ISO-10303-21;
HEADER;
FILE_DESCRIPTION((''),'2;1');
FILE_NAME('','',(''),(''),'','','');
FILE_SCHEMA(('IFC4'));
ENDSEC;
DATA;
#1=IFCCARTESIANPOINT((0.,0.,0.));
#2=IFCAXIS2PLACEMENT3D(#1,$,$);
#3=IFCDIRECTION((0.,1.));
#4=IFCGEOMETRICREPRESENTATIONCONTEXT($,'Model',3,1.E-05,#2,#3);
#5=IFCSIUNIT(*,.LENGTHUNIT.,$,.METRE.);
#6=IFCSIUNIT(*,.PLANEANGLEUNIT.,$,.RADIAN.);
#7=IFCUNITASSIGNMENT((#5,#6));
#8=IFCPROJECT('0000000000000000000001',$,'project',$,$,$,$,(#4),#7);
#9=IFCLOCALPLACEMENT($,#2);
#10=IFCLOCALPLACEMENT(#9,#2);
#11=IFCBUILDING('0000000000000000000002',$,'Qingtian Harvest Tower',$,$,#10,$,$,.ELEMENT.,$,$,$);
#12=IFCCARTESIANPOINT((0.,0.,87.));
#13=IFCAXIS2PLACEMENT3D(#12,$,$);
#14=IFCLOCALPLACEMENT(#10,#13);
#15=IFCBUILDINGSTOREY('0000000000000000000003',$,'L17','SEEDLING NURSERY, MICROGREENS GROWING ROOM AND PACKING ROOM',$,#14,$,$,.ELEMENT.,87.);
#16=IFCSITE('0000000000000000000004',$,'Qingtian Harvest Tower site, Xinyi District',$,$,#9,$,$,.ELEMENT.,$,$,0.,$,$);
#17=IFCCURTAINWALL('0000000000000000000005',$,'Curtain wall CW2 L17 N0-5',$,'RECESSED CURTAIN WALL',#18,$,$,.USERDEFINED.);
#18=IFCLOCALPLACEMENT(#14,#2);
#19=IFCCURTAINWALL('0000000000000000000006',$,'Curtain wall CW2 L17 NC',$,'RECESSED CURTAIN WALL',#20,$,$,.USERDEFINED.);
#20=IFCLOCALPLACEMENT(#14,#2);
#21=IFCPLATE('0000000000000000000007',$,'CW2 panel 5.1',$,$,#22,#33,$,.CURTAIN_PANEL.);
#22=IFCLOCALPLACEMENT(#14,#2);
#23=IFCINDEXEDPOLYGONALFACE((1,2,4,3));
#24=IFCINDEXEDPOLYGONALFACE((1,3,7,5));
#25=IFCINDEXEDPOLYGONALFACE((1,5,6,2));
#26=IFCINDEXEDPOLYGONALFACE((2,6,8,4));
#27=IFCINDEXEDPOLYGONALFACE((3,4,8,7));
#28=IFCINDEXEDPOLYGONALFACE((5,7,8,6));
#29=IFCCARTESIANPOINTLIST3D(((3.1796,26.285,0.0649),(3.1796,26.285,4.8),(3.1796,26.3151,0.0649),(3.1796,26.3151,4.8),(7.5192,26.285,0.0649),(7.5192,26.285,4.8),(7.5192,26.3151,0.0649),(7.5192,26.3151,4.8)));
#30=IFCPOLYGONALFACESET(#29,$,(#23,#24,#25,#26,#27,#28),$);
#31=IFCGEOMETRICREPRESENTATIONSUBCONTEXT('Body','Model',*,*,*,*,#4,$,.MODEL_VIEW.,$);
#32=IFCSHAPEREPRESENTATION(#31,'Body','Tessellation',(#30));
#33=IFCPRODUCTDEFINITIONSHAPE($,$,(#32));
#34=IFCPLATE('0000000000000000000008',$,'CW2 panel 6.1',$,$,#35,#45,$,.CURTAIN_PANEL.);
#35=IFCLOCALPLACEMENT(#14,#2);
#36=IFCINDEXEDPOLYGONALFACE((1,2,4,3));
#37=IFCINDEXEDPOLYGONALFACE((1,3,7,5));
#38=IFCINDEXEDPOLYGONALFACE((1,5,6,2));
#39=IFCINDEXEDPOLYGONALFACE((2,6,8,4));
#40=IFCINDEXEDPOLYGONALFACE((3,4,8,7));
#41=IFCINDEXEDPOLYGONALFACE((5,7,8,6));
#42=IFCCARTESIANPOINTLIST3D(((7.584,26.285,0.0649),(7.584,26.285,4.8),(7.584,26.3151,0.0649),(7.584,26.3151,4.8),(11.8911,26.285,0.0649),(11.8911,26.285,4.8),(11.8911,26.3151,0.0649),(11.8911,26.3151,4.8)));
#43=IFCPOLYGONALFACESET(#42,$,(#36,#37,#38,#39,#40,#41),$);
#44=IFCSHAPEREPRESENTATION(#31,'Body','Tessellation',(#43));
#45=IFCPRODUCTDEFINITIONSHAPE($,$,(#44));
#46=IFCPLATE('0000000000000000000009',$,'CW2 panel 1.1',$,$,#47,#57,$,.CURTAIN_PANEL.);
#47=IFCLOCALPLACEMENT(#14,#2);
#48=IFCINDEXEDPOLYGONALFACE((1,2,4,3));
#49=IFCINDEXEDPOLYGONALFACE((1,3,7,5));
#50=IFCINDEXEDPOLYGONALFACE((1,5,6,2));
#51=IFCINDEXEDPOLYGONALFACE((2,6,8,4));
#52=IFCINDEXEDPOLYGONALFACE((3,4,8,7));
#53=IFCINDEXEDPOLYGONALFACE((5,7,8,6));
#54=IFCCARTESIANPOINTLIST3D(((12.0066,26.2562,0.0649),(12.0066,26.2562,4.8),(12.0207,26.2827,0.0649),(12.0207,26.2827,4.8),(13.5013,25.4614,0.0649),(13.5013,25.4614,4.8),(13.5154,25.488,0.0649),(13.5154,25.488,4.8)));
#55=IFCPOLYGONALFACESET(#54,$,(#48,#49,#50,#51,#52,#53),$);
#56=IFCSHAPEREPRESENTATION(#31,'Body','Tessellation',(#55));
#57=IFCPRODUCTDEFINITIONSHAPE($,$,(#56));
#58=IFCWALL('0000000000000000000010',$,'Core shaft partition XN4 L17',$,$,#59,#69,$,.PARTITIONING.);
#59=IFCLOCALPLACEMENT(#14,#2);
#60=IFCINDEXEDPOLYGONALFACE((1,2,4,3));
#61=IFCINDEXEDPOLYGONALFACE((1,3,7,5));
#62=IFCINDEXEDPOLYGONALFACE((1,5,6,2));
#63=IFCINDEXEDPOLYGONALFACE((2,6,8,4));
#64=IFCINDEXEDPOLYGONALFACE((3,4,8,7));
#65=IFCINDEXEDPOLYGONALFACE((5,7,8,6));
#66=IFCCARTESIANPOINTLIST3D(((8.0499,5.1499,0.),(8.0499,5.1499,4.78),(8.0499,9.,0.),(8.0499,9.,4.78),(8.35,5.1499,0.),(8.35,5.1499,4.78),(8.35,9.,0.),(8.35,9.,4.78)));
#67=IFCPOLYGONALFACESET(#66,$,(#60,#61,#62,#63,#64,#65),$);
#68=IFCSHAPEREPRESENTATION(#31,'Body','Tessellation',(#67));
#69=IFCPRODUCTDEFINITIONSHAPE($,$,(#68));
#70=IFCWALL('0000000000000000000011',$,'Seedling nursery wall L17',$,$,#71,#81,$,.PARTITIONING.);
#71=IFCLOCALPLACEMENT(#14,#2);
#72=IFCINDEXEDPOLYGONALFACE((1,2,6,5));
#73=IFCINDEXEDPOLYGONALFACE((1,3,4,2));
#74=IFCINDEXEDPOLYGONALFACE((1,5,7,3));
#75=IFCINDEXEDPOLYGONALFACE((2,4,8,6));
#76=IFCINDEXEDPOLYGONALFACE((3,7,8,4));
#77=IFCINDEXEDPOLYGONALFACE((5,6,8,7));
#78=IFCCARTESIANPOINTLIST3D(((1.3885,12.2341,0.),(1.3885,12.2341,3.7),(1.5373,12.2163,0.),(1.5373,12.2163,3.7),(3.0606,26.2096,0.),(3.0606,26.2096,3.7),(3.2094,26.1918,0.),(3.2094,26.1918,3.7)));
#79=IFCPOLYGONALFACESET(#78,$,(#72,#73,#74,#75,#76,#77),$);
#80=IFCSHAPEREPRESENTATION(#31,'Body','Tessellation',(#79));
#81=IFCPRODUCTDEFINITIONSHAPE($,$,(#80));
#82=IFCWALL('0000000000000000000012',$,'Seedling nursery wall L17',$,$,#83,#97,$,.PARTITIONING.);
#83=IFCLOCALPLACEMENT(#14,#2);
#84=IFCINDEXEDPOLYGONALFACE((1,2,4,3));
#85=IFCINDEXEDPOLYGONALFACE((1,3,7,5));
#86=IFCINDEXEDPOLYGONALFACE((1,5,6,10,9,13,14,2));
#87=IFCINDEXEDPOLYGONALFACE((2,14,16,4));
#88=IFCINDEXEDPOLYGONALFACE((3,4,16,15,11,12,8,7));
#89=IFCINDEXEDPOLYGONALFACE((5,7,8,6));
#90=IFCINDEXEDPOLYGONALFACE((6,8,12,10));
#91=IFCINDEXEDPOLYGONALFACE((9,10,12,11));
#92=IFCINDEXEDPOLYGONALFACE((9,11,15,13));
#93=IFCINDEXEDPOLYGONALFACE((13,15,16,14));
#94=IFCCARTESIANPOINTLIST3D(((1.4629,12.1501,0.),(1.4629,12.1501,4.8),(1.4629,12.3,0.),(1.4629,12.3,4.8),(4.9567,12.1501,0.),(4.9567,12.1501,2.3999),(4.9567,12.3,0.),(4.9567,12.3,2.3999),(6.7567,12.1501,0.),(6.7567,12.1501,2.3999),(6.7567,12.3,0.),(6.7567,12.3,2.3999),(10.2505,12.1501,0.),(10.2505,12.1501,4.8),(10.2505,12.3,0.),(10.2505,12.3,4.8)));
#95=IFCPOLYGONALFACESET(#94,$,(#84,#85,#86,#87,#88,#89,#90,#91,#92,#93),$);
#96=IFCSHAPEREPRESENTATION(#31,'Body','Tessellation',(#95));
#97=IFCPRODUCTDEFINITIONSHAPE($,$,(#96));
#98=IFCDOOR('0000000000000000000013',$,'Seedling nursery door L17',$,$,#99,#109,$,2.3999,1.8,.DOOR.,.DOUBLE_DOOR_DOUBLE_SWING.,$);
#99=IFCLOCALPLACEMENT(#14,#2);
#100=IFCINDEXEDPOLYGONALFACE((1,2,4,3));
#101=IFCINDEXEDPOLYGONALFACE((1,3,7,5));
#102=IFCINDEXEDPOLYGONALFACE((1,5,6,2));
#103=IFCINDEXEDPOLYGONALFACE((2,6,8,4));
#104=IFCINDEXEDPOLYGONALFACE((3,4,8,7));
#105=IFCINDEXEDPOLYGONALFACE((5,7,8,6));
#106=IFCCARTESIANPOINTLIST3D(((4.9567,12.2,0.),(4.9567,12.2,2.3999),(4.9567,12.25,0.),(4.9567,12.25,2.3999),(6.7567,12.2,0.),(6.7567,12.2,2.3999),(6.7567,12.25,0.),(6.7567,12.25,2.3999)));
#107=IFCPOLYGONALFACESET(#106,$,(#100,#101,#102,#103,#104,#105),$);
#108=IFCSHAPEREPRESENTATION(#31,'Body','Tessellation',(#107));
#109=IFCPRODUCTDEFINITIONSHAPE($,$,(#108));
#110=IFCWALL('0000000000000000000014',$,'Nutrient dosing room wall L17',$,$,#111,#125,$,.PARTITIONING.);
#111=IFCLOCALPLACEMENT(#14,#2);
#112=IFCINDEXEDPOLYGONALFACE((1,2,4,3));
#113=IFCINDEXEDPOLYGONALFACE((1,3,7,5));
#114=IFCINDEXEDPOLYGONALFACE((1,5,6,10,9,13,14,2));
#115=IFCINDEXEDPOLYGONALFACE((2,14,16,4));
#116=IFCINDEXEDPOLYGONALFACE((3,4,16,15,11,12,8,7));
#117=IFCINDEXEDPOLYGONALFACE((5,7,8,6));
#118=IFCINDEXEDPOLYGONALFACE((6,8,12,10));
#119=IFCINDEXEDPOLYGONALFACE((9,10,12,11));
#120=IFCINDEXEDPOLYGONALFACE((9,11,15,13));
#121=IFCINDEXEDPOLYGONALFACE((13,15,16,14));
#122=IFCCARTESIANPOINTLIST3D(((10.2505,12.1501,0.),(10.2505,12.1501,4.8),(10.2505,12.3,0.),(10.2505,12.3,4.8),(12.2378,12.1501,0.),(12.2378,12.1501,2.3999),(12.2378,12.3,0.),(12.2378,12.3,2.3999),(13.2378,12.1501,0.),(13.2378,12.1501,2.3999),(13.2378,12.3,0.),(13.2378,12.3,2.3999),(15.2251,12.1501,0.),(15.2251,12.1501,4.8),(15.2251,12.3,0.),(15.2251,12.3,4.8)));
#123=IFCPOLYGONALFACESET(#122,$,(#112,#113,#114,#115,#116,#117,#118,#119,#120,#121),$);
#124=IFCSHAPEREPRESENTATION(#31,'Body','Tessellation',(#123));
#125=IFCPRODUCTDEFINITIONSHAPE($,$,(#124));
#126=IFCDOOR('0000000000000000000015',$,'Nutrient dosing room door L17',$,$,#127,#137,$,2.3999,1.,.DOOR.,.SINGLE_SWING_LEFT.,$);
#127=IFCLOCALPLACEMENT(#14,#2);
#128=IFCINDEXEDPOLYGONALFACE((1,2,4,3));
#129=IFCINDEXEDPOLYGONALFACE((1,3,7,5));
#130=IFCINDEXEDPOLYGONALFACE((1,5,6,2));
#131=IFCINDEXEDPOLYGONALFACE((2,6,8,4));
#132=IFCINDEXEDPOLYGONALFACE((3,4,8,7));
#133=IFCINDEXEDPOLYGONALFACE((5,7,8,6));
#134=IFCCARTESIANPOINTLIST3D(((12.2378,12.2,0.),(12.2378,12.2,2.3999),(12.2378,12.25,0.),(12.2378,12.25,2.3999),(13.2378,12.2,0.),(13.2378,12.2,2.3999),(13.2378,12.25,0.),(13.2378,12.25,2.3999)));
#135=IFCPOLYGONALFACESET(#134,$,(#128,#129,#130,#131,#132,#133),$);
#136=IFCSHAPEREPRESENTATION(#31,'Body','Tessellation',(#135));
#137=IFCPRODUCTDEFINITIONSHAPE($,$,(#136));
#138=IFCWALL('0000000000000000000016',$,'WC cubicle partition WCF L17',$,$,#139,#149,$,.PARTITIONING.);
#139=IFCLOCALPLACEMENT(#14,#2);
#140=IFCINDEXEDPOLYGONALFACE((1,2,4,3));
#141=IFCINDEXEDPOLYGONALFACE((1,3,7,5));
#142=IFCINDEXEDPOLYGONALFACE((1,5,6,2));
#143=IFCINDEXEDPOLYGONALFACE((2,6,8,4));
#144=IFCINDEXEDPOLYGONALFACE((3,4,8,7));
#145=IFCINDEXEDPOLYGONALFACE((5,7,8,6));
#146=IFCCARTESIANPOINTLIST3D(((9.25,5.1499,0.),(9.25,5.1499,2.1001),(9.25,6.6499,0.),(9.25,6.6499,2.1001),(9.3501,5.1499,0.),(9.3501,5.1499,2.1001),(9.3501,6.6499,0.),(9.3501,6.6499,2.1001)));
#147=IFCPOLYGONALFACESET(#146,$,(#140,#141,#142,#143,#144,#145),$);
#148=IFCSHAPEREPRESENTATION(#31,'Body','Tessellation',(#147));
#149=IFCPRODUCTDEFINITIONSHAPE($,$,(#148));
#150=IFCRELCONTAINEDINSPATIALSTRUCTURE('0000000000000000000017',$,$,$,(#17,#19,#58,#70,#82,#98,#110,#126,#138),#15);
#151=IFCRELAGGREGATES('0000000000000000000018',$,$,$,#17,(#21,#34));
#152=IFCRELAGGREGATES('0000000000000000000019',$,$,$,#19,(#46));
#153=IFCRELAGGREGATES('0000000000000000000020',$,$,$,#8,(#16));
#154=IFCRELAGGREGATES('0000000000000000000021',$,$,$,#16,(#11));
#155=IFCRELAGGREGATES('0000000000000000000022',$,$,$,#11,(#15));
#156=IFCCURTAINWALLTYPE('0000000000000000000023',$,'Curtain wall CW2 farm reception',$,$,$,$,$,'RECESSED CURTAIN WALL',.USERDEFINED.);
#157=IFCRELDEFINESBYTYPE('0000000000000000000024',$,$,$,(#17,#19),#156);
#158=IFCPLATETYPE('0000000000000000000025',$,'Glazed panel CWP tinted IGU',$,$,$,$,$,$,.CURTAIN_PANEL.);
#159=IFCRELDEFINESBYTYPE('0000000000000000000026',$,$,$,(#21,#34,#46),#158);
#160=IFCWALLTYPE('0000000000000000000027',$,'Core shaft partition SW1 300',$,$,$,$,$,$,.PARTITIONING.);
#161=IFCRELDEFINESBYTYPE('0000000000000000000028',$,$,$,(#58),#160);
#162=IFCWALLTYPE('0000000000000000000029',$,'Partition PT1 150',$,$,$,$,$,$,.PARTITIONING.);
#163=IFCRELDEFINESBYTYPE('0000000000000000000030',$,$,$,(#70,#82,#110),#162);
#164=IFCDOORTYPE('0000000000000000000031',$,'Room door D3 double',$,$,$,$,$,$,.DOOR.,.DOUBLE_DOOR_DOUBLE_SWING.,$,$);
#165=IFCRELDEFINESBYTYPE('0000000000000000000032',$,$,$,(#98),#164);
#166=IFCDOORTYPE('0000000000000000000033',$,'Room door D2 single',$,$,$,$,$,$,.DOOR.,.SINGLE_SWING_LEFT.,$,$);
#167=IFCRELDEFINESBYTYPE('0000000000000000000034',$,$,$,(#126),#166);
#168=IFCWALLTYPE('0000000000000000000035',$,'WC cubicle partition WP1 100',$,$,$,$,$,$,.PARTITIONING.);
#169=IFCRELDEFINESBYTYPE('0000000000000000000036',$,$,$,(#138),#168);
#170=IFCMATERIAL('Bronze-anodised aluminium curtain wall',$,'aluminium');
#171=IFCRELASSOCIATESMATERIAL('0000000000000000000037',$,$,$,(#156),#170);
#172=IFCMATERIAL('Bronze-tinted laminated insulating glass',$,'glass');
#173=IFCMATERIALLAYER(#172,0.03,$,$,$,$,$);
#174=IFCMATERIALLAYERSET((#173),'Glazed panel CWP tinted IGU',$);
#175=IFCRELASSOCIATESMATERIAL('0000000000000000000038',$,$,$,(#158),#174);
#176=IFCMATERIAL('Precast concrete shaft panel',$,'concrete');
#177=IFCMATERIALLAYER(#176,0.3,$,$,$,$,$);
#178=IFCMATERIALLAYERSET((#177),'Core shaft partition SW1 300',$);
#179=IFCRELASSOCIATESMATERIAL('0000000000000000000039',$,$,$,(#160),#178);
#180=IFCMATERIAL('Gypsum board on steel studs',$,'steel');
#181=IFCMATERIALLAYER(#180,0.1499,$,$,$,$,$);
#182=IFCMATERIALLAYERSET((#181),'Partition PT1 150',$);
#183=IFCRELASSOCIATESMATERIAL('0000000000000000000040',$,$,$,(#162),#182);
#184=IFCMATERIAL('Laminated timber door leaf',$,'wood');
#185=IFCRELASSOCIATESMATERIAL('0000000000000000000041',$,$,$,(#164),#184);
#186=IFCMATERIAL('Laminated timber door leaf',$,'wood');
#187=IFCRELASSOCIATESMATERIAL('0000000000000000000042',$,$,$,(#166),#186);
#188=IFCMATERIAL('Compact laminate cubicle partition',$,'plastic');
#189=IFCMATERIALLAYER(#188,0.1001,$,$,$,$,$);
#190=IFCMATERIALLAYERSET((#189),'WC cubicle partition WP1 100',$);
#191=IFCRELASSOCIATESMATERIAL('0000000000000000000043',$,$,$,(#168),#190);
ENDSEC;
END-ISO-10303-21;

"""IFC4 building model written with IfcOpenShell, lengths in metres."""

from ifc_helpers import new_model, si_unit, direction, frame, frame_2d, origin, origin_2d, place, context, subcontext, project, spatial, rectangle, extrude, material, layer, layer_set, type_object, element, fill, aggregate, save


model = new_model("IFC4")

# Units and contexts
model_context = context("Model", 3, precision=1e-05, world=origin(), true_north=direction((0.0, 1.0)))
body_context = subcontext(model_context, "Body", "Model", "MODEL_VIEW")
ifc_project = project(units=[si_unit("LENGTHUNIT", "METRE"), si_unit("PLANEANGLEUNIT", "RADIAN")], contexts=[model_context])

# Site, building, storey
site_placement = place(None, origin())
site = spatial("IfcSite", under=ifc_project, at=site_placement, Name="Qingtian Harvest Tower site, Xinyi District", CompositionType="ELEMENT", RefElevation=0.0)
building_placement = place(site_placement, origin())
building = spatial("IfcBuilding", under=site, at=building_placement, Name="Qingtian Harvest Tower", CompositionType="ELEMENT")
storey_placement = place(building_placement, frame((0.0, 0.0, 87.0)))
storey = spatial("IfcBuildingStorey", under=building, at=storey_placement, Name="L17", Description="SEEDLING NURSERY, MICROGREENS GROWING ROOM AND PACKING ROOM", CompositionType="ELEMENT", Elevation=87.0)

# Curtain walls
ifc_material_1 = material(Name="Bronze-anodised aluminium curtain wall", Category="aluminium")
curtain_wall_type = type_object("IfcCurtainWallType", Name="Curtain wall CW2 farm reception", ElementType="RECESSED CURTAIN WALL", PredefinedType="USERDEFINED", material=ifc_material_1)
curtain_wall_1_placement = place(storey_placement, origin())
curtain_wall_1 = element("IfcCurtainWall", 1, at=curtain_wall_1_placement, inside=storey, type_object=curtain_wall_type, Name="Curtain wall CW2 L17 N0-5", ObjectType="RECESSED CURTAIN WALL", PredefinedType="USERDEFINED")
curtain_wall_2_placement = place(storey_placement, origin())
curtain_wall_2 = element("IfcCurtainWall", 2, at=curtain_wall_2_placement, inside=storey, type_object=curtain_wall_type, Name="Curtain wall CW2 L17 NC", ObjectType="RECESSED CURTAIN WALL", PredefinedType="USERDEFINED")

# Plates
ifc_material_2 = material(Name="Bronze-tinted laminated insulating glass", Category="glass")
ifc_layer_1 = layer(ifc_material_2, 0.03)
ifc_layer_set_1 = layer_set([ifc_layer_1], Name="Glazed panel CWP tinted IGU")
plate_type = type_object("IfcPlateType", Name="Glazed panel CWP tinted IGU", PredefinedType="CURTAIN_PANEL", material=ifc_layer_set_1)
plate_1_placement = place(storey_placement, frame((5.3494, 26.3, 0.0649), z_axis=(0.0, 0.0, 1.0), x_axis=(1.0, 0.0, 0.0)))
plate_1 = element("IfcPlate", 3, at=plate_1_placement, type_object=plate_type, Name="CW2 panel 5.1", PredefinedType="CURTAIN_PANEL", context=body_context, shape_type="SweptSolid", body=[
    extrude(rectangle(XDim=4.3396, YDim=0.03, at=origin_2d()), origin(), (0.0, 0.0, 1.0), 4.7351),
])
plate_2_placement = place(storey_placement, frame((9.7375, 26.3, 0.0649), z_axis=(0.0, 0.0, 1.0), x_axis=(1.0, 0.0, 0.0)))
plate_2 = element("IfcPlate", 4, at=plate_2_placement, type_object=plate_type, Name="CW2 panel 6.1", PredefinedType="CURTAIN_PANEL", context=body_context, shape_type="SweptSolid", body=[
    extrude(rectangle(XDim=4.3071, YDim=0.03, at=origin_2d()), origin(), (0.0, 0.0, 1.0), 4.7351),
])
aggregate(curtain_wall_1, [plate_1, plate_2])
plate_3_placement = place(storey_placement, frame((12.761, 25.8721, 0.0649), z_axis=(0.0, 0.0, 1.0), x_axis=(0.882948, -0.469472, 0.0)))
plate_3 = element("IfcPlate", 5, at=plate_3_placement, type_object=plate_type, Name="CW2 panel 1.1", PredefinedType="CURTAIN_PANEL", context=body_context, shape_type="SweptSolid", body=[
    extrude(rectangle(XDim=1.6929, YDim=0.03, at=origin_2d()), origin(), (0.0, 0.0, 1.0), 4.7351),
])
aggregate(curtain_wall_2, [plate_3])

# Walls
ifc_material_3 = material(Name="Precast concrete shaft panel", Category="concrete")
ifc_layer_2 = layer(ifc_material_3, 0.3)
ifc_layer_set_2 = layer_set([ifc_layer_2], Name="Core shaft partition SW1 300")
wall_type_1 = type_object("IfcWallType", Name="Core shaft partition SW1 300", PredefinedType="PARTITIONING", material=ifc_layer_set_2)
wall_1_placement = place(storey_placement, frame((8.2, 5.1499, 0.0), z_axis=(0.0, 0.0, 1.0), x_axis=(0.0, 1.0, 0.0)))
element("IfcWall", 6, at=wall_1_placement, inside=storey, type_object=wall_type_1, Name="Core shaft partition XN4 L17", PredefinedType="PARTITIONING", context=body_context, shape_type="SweptSolid", body=[
    extrude(rectangle(XDim=3.8501, YDim=0.3, at=frame_2d((1.925, 0.0))), origin(), (0.0, 0.0, 1.0), 4.78),
])
ifc_material_4 = material(Name="Gypsum board on steel studs", Category="steel")
ifc_layer_3 = layer(ifc_material_4, 0.1499)
ifc_layer_set_3 = layer_set([ifc_layer_3], Name="Partition PT1 150")
wall_type_2 = type_object("IfcWallType", Name="Partition PT1 150", PredefinedType="PARTITIONING", material=ifc_layer_set_3)
wall_2_placement = place(storey_placement, frame((3.135, 26.2007, 0.0), z_axis=(0.0, 0.0, 1.0), x_axis=(-0.118798, -0.992918, 0.0)))
element("IfcWall", 7, at=wall_2_placement, inside=storey, type_object=wall_type_2, Name="Seedling nursery wall L17", PredefinedType="PARTITIONING", context=body_context, shape_type="SweptSolid", body=[
    extrude(rectangle(XDim=14.0752, YDim=0.1499, at=frame_2d((7.0376, 0.0))), origin(), (0.0, 0.0, 1.0), 3.7),
])

# Walls, openings, doors
wall_3_placement = place(storey_placement, frame((1.4629, 12.2251, 0.0), z_axis=(0.0, 0.0, 1.0), x_axis=(1.0, 0.0, 0.0)))
wall_3 = element("IfcWall", 8, at=wall_3_placement, inside=storey, type_object=wall_type_2, Name="Seedling nursery wall L17", PredefinedType="PARTITIONING", context=body_context, shape_type="SweptSolid", body=[
    extrude(rectangle(XDim=8.7876, YDim=0.1499, at=frame_2d((4.3938, 0.0))), origin(), (0.0, 0.0, 1.0), 4.8),
])
opening_1_placement = place(wall_3_placement, frame((3.4939, 0.0, 0.0)))
opening_1 = element("IfcOpeningElement", 9, at=opening_1_placement, cuts=wall_3, PredefinedType="OPENING", context=body_context, shape_type="SweptSolid", body=[
    extrude(rectangle(XDim=1.8, YDim=2.3999, at=frame_2d((0.8999, 1.2))), frame((0.0, 0.085, 0.0), z_axis=(0.0, -1.0, 0.0), x_axis=(1.0, 0.0, 0.0)), (0.0, 0.0, 1.0), 0.1699),
])
ifc_material_5 = material(Name="Laminated timber door leaf", Category="wood")
door_type_1 = type_object("IfcDoorType", Name="Room door D3 double", OperationType="DOUBLE_DOOR_DOUBLE_SWING", PredefinedType="DOOR", material=ifc_material_5)
door_1_placement = place(opening_1_placement, origin())
door_1 = element("IfcDoor", 10, at=door_1_placement, inside=storey, type_object=door_type_1, Name="Seedling nursery door L17", OperationType="DOUBLE_DOOR_DOUBLE_SWING", OverallHeight=2.3999, OverallWidth=1.8, PredefinedType="DOOR", context=body_context, shape_type="SweptSolid", body=[
    extrude(rectangle(XDim=1.8, YDim=2.3999, at=frame_2d((0.8999, 1.2))), frame((0.0, 0.0249, 0.0), z_axis=(0.0, -1.0, 0.0), x_axis=(1.0, 0.0, 0.0)), (0.0, 0.0, 1.0), 0.05),
])
fill(opening_1, door_1)
wall_4_placement = place(storey_placement, frame((10.2505, 12.2251, 0.0), z_axis=(0.0, 0.0, 1.0), x_axis=(1.0, 0.0, 0.0)))
wall_4 = element("IfcWall", 11, at=wall_4_placement, inside=storey, type_object=wall_type_2, Name="Nutrient dosing room wall L17", PredefinedType="PARTITIONING", context=body_context, shape_type="SweptSolid", body=[
    extrude(rectangle(XDim=4.9746, YDim=0.1499, at=frame_2d((2.4873, 0.0))), origin(), (0.0, 0.0, 1.0), 4.8),
])
opening_2_placement = place(wall_4_placement, frame((1.9873, 0.0, 0.0)))
opening_2 = element("IfcOpeningElement", 12, at=opening_2_placement, cuts=wall_4, PredefinedType="OPENING", context=body_context, shape_type="SweptSolid", body=[
    extrude(rectangle(XDim=1.0, YDim=2.3999, at=frame_2d((0.5, 1.2))), frame((0.0, 0.085, 0.0), z_axis=(0.0, -1.0, 0.0), x_axis=(1.0, 0.0, 0.0)), (0.0, 0.0, 1.0), 0.1699),
])
ifc_material_6 = material(Name="Laminated timber door leaf", Category="wood")
door_type_2 = type_object("IfcDoorType", Name="Room door D2 single", OperationType="SINGLE_SWING_LEFT", PredefinedType="DOOR", material=ifc_material_6)
door_2_placement = place(opening_2_placement, origin())
door_2 = element("IfcDoor", 13, at=door_2_placement, inside=storey, type_object=door_type_2, Name="Nutrient dosing room door L17", OperationType="SINGLE_SWING_LEFT", OverallHeight=2.3999, OverallWidth=1.0, PredefinedType="DOOR", context=body_context, shape_type="SweptSolid", body=[
    extrude(rectangle(XDim=1.0, YDim=2.3999, at=frame_2d((0.5, 1.2))), frame((0.0, 0.0249, 0.0), z_axis=(0.0, -1.0, 0.0), x_axis=(1.0, 0.0, 0.0)), (0.0, 0.0, 1.0), 0.05),
])
fill(opening_2, door_2)

# Wall
ifc_material_7 = material(Name="Compact laminate cubicle partition", Category="plastic")
ifc_layer_4 = layer(ifc_material_7, 0.1001)
ifc_layer_set_4 = layer_set([ifc_layer_4], Name="WC cubicle partition WP1 100")
wall_type_3 = type_object("IfcWallType", Name="WC cubicle partition WP1 100", PredefinedType="PARTITIONING", material=ifc_layer_set_4)
wall_5_placement = place(storey_placement, frame((9.3, 5.1499, 0.0), z_axis=(0.0, 0.0, 1.0), x_axis=(0.0, 1.0, 0.0)))
element("IfcWall", 14, at=wall_5_placement, inside=storey, type_object=wall_type_3, Name="WC cubicle partition WCF L17", PredefinedType="PARTITIONING", context=body_context, shape_type="SweptSolid", body=[
    extrude(rectangle(XDim=1.5, YDim=0.1001, at=frame_2d((0.75, 0.0))), origin(), (0.0, 0.0, 1.0), 2.1001),
])

save(model, "model.ifc")
